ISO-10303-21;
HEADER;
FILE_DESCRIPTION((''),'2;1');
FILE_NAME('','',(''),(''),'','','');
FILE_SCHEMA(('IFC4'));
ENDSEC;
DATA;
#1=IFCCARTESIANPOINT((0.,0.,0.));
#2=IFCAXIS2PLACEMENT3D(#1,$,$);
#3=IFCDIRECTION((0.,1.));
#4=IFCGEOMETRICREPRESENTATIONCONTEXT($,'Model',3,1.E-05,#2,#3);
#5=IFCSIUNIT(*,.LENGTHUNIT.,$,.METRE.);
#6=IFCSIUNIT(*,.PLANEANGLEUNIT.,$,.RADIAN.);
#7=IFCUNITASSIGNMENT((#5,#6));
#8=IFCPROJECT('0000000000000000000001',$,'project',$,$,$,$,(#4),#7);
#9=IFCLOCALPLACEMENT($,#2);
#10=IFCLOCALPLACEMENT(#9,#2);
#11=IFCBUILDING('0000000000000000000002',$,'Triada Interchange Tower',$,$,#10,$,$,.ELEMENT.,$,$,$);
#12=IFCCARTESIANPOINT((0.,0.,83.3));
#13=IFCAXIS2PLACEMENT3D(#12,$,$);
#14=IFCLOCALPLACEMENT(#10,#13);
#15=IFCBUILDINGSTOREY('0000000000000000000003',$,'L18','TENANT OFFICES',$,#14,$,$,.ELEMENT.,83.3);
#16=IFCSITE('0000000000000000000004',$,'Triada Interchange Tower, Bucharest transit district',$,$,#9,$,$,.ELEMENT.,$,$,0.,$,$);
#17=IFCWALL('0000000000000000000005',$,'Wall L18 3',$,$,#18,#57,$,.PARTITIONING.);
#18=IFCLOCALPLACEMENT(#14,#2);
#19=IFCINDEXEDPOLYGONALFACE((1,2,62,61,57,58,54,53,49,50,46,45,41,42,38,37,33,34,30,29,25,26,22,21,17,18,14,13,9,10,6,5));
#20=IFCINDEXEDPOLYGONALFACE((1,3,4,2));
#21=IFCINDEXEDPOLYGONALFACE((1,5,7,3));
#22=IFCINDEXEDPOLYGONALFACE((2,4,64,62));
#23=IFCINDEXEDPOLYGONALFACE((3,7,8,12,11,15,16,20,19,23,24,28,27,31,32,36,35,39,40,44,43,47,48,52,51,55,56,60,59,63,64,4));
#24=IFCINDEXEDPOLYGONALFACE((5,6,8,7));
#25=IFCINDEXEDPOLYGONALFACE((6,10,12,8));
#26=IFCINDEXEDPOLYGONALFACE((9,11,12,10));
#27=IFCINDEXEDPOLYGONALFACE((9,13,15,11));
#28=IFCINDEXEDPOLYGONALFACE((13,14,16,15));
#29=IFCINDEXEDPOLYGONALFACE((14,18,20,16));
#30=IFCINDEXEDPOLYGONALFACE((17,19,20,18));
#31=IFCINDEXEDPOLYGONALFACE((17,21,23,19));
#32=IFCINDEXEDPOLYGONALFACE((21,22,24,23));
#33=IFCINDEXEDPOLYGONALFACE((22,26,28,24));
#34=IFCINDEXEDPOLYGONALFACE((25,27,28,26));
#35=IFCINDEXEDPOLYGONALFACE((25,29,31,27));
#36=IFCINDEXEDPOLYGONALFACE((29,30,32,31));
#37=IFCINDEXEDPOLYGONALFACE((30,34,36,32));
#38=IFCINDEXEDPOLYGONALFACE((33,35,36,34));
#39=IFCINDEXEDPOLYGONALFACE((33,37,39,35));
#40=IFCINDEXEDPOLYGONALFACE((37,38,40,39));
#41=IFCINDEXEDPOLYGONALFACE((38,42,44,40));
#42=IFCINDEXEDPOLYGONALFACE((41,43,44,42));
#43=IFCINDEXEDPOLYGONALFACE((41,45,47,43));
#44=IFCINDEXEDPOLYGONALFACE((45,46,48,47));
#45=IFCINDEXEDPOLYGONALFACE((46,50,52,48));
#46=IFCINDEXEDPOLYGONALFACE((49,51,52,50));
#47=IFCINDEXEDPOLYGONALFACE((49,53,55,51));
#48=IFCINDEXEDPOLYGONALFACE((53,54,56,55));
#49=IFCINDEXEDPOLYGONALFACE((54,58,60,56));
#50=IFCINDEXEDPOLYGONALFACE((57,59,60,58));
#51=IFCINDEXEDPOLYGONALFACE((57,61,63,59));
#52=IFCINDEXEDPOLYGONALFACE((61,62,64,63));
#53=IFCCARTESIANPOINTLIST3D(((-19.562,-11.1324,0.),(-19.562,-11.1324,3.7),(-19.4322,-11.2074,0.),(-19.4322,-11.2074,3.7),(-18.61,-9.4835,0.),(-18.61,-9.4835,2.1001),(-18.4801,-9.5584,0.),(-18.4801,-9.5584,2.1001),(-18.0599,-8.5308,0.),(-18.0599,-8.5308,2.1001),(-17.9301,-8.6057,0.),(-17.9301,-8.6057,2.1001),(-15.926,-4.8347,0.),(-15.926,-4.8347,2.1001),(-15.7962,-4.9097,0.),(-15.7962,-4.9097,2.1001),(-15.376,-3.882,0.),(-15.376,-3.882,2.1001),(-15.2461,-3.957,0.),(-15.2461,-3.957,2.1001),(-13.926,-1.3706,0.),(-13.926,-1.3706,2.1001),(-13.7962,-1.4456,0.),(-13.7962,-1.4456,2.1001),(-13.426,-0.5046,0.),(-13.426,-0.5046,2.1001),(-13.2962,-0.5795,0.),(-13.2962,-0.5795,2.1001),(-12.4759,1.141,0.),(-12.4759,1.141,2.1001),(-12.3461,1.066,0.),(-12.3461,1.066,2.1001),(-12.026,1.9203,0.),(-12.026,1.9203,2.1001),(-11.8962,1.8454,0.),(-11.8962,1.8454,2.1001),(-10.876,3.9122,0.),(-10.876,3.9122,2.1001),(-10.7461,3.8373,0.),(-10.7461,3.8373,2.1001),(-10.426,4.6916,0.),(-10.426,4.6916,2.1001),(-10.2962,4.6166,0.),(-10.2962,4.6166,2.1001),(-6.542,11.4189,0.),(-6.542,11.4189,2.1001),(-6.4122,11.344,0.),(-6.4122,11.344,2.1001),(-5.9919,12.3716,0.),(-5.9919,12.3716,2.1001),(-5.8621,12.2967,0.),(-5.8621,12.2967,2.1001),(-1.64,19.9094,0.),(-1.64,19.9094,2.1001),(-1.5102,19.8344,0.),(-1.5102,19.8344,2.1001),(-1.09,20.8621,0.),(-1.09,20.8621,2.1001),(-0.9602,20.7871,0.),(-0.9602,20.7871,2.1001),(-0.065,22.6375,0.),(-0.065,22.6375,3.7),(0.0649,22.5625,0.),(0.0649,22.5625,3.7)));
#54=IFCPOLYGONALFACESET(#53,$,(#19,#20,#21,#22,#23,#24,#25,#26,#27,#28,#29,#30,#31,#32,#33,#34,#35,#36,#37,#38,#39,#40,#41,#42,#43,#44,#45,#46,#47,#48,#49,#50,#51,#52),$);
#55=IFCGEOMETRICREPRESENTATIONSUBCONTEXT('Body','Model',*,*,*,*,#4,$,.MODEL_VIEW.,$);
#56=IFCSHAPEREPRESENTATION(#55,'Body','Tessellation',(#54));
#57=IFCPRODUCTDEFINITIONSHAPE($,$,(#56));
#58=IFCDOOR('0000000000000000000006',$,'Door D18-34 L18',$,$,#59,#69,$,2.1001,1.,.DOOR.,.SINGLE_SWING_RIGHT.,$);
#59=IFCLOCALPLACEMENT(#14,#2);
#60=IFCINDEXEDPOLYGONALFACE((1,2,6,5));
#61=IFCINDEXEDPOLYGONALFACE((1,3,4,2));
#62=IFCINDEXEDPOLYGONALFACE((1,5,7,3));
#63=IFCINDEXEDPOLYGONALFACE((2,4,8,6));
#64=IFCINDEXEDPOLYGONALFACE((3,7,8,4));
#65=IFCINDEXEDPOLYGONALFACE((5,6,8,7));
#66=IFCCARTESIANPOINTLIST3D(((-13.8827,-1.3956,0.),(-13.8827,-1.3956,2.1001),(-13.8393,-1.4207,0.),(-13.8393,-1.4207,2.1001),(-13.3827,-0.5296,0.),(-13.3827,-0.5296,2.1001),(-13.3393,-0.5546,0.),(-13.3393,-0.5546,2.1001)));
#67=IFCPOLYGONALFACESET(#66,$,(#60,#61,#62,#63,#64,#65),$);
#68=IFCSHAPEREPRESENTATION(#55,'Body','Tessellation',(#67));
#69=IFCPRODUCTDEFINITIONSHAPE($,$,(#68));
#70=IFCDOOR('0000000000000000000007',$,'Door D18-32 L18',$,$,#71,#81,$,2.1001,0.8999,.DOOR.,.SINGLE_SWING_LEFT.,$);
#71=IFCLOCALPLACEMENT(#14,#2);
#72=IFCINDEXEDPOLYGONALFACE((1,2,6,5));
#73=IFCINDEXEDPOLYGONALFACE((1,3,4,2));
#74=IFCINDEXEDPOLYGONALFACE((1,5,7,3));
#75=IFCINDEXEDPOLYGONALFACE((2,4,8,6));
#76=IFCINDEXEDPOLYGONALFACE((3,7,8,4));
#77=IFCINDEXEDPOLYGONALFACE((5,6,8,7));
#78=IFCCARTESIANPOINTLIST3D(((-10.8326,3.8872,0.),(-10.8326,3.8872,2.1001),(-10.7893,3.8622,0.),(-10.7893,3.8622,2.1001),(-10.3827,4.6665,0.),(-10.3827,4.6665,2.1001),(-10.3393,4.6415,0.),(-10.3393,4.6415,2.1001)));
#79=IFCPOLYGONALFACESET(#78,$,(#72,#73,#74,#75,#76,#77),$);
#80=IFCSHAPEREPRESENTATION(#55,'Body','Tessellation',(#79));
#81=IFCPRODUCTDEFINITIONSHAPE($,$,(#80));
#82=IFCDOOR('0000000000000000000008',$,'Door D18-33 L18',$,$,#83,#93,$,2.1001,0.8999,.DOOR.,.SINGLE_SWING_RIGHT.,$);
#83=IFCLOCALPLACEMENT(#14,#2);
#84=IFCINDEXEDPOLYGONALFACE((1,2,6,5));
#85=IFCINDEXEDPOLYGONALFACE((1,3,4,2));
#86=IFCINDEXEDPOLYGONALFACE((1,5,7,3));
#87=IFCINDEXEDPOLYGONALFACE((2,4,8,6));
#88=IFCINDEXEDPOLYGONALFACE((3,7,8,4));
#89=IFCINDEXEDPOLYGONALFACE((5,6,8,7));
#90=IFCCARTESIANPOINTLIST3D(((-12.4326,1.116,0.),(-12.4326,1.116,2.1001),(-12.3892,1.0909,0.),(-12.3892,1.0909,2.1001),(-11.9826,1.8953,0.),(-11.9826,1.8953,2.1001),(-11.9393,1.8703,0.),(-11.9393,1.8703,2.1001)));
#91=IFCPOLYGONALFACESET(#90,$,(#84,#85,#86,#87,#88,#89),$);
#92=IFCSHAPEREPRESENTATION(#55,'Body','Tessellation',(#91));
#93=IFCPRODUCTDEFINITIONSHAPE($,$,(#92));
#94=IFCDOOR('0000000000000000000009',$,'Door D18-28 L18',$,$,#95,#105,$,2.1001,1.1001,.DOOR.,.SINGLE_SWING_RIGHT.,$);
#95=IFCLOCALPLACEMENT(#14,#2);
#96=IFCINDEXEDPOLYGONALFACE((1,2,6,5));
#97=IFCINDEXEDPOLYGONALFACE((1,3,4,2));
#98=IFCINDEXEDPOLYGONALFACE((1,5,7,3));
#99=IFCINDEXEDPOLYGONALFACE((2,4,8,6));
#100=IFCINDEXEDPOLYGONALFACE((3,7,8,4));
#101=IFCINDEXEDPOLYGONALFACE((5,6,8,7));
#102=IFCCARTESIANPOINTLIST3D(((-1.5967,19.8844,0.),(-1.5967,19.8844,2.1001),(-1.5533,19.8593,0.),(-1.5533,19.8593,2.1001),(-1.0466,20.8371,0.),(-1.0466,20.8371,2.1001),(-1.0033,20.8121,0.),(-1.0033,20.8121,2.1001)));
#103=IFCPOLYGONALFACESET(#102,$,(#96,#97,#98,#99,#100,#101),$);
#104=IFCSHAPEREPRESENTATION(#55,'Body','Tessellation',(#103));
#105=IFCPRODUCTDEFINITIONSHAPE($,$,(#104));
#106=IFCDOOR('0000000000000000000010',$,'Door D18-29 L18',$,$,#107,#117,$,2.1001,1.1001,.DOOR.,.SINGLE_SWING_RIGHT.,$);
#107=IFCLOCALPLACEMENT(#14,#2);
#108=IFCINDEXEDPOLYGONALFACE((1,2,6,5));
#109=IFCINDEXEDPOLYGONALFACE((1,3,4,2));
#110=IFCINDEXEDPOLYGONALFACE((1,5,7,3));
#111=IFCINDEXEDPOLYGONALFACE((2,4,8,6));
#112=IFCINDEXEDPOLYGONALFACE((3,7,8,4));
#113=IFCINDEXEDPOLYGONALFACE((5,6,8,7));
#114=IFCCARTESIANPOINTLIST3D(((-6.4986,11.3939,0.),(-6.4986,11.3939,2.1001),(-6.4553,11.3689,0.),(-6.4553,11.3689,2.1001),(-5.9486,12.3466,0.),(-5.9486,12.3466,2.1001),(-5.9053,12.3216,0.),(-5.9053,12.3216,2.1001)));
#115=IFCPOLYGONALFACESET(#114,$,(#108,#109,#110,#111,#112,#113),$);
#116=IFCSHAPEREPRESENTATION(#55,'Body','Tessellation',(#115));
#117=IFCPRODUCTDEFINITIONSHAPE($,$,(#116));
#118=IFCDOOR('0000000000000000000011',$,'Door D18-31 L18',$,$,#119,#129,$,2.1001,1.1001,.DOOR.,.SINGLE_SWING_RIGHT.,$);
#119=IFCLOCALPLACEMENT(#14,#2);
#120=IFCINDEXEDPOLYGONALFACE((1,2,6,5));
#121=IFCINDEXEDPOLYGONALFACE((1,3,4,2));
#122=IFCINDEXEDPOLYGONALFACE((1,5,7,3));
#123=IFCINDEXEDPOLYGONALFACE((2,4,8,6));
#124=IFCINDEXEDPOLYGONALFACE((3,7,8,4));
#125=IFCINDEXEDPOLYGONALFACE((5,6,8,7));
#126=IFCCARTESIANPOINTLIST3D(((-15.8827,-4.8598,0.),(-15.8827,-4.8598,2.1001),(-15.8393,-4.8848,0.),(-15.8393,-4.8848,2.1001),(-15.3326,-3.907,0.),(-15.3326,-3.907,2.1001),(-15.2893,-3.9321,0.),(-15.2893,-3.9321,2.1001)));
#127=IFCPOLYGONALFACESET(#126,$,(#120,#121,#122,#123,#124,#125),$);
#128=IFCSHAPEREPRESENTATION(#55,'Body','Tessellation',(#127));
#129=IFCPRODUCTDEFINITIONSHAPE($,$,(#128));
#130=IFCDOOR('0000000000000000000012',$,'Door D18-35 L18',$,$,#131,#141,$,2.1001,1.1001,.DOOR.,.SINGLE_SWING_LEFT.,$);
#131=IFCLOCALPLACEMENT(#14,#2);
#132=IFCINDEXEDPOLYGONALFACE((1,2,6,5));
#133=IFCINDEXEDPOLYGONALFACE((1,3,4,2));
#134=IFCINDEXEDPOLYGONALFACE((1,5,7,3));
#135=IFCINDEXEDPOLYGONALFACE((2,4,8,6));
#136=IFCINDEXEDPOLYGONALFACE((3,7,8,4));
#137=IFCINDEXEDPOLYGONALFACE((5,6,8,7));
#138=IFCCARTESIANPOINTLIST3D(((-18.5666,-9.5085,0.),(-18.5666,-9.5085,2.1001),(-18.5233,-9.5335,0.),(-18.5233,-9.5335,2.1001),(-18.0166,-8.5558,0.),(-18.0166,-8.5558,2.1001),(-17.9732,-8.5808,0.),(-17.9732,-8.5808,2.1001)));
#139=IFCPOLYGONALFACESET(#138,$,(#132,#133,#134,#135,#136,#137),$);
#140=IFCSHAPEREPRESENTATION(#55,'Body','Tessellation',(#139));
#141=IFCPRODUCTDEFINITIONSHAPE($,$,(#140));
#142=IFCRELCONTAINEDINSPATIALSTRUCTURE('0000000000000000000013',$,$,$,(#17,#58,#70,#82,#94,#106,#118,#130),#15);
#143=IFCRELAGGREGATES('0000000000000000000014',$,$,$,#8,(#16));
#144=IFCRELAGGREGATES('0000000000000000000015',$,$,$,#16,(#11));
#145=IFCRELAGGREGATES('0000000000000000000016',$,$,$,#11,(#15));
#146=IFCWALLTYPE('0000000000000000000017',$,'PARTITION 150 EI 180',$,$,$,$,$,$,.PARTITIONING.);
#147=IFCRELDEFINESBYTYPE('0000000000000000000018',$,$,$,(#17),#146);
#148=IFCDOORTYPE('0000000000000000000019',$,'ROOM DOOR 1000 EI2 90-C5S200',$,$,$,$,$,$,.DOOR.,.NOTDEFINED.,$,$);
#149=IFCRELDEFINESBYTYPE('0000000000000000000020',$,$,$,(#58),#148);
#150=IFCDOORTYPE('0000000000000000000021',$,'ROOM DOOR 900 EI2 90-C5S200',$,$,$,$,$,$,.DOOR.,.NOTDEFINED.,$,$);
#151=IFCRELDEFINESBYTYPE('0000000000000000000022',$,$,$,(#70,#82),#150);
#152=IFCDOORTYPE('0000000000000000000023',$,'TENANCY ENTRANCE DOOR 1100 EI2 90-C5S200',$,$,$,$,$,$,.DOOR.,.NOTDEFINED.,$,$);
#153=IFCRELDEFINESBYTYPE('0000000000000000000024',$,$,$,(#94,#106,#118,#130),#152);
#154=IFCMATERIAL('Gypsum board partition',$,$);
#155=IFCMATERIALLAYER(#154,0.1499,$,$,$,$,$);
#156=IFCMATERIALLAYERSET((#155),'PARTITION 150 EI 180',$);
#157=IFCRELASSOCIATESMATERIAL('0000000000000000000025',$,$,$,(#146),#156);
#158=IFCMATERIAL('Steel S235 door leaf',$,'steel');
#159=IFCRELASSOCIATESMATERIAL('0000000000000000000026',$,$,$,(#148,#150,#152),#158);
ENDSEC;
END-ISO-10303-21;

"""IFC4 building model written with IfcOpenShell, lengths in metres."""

from ifc_helpers import new_model, si_unit, direction, frame, frame_2d, origin, place, context, subcontext, project, spatial, rectangle, extrude, material, layer, layer_set, type_object, element, fill, save


model = new_model("IFC4")

# Units and contexts
model_context = context("Model", 3, precision=1e-05, world=origin(), true_north=direction((0.0, 1.0)))
body_context = subcontext(model_context, "Body", "Model", "MODEL_VIEW")
ifc_project = project(units=[si_unit("LENGTHUNIT", "METRE"), si_unit("PLANEANGLEUNIT", "RADIAN")], contexts=[model_context])

# Site, building, storey
site_placement = place(None, origin())
site = spatial("IfcSite", under=ifc_project, at=site_placement, Name="Triada Interchange Tower, Bucharest transit district", CompositionType="ELEMENT", RefElevation=0.0)
building_placement = place(site_placement, origin())
building = spatial("IfcBuilding", under=site, at=building_placement, Name="Triada Interchange Tower", CompositionType="ELEMENT")
storey_placement = place(building_placement, frame((0.0, 0.0, 83.3)))
storey = spatial("IfcBuildingStorey", under=building, at=storey_placement, Name="L18", Description="TENANT OFFICES", CompositionType="ELEMENT", Elevation=83.3)

# Wall, openings, doors
ifc_material_1 = material(Name="Gypsum board partition")
ifc_layer_1 = layer(ifc_material_1, 0.1499)
ifc_layer_set_1 = layer_set([ifc_layer_1], Name="PARTITION 150 EI 180")
wall_type_1 = type_object("IfcWallType", Name="PARTITION 150 EI 180", PredefinedType="PARTITIONING", material=ifc_layer_set_1)
wall_1_placement = place(storey_placement, frame((-19.4971, -11.1699, 0.0), z_axis=(0.0, 0.0, 1.0), x_axis=(0.499999, 0.866026, 0.0)))
wall_1 = element("IfcWall", 1, at=wall_1_placement, inside=storey, type_object=wall_type_1, Name="Wall L18 3", PredefinedType="PARTITIONING", context=body_context, shape_type="SweptSolid", body=[
    extrude(rectangle(XDim=38.9941, YDim=0.1499, at=frame_2d((19.4971, 0.0))), origin(), (0.0, 0.0, 1.0), 3.7),
])
opening_1_placement = place(wall_1_placement, frame((35.844, 0.0, 0.0)))
opening_1 = element("IfcOpeningElement", 2, at=opening_1_placement, cuts=wall_1, PredefinedType="OPENING", context=body_context, shape_type="SweptSolid", body=[
    extrude(rectangle(XDim=1.1001, YDim=2.1001, at=frame_2d((0.55, 1.05))), frame((0.0, 0.085, 0.0), z_axis=(0.0, -1.0, 0.0), x_axis=(1.0, 0.0, 0.0)), (0.0, 0.0, 1.0), 0.1699),
])
opening_2_placement = place(wall_1_placement, frame((26.04, 0.0, 0.0)))
opening_2 = element("IfcOpeningElement", 3, at=opening_2_placement, cuts=wall_1, PredefinedType="OPENING", context=body_context, shape_type="SweptSolid", body=[
    extrude(rectangle(XDim=1.1001, YDim=2.1001, at=frame_2d((0.55, 1.05))), frame((0.0, 0.085, 0.0), z_axis=(0.0, -1.0, 0.0), x_axis=(1.0, 0.0, 0.0)), (0.0, 0.0, 1.0), 0.1699),
])
opening_3_placement = place(wall_1_placement, frame((7.272, 0.0, 0.0)))
opening_3 = element("IfcOpeningElement", 4, at=opening_3_placement, cuts=wall_1, PredefinedType="OPENING", context=body_context, shape_type="SweptSolid", body=[
    extrude(rectangle(XDim=1.1001, YDim=2.1001, at=frame_2d((0.55, 1.05))), frame((0.0, 0.085, 0.0), z_axis=(0.0, -1.0, 0.0), x_axis=(1.0, 0.0, 0.0)), (0.0, 0.0, 1.0), 0.1699),
])
opening_4_placement = place(wall_1_placement, frame((17.3721, 0.0, 0.0)))
opening_4 = element("IfcOpeningElement", 5, at=opening_4_placement, cuts=wall_1, PredefinedType="OPENING", context=body_context, shape_type="SweptSolid", body=[
    extrude(rectangle(XDim=0.8999, YDim=2.1001, at=frame_2d((0.45, 1.05))), frame((0.0, 0.085, 0.0), z_axis=(0.0, -1.0, 0.0), x_axis=(1.0, 0.0, 0.0)), (0.0, 0.0, 1.0), 0.1699),
])
opening_5_placement = place(wall_1_placement, frame((14.1721, 0.0, 0.0)))
opening_5 = element("IfcOpeningElement", 6, at=opening_5_placement, cuts=wall_1, PredefinedType="OPENING", context=body_context, shape_type="SweptSolid", body=[
    extrude(rectangle(XDim=0.8999, YDim=2.1001, at=frame_2d((0.45, 1.05))), frame((0.0, 0.085, 0.0), z_axis=(0.0, -1.0, 0.0), x_axis=(1.0, 0.0, 0.0)), (0.0, 0.0, 1.0), 0.1699),
])
opening_6_placement = place(wall_1_placement, frame((11.272, 0.0, 0.0)))
opening_6 = element("IfcOpeningElement", 7, at=opening_6_placement, cuts=wall_1, PredefinedType="OPENING", context=body_context, shape_type="SweptSolid", body=[
    extrude(rectangle(XDim=1.0, YDim=2.1001, at=frame_2d((0.5, 1.05))), frame((0.0, 0.085, 0.0), z_axis=(0.0, -1.0, 0.0), x_axis=(1.0, 0.0, 0.0)), (0.0, 0.0, 1.0), 0.1699),
])
opening_7_placement = place(wall_1_placement, frame((1.9041, 0.0, 0.0)))
opening_7 = element("IfcOpeningElement", 8, at=opening_7_placement, cuts=wall_1, PredefinedType="OPENING", context=body_context, shape_type="SweptSolid", body=[
    extrude(rectangle(XDim=1.1001, YDim=2.1001, at=frame_2d((0.55, 1.05))), frame((0.0, 0.085, 0.0), z_axis=(0.0, -1.0, 0.0), x_axis=(1.0, 0.0, 0.0)), (0.0, 0.0, 1.0), 0.1699),
])
ifc_material_2 = material(Name="Steel S235 door leaf", Category="steel")
door_type_1 = type_object("IfcDoorType", Name="ROOM DOOR 1000 EI2 90-C5S200", OperationType="NOTDEFINED", PredefinedType="DOOR", material=ifc_material_2)
door_1_placement = place(opening_6_placement, origin())
door_1 = element("IfcDoor", 9, at=door_1_placement, inside=storey, type_object=door_type_1, Name="Door D18-34 L18", OperationType="SINGLE_SWING_RIGHT", OverallHeight=2.1001, OverallWidth=1.0, PredefinedType="DOOR", context=body_context, shape_type="SweptSolid", body=[
    extrude(rectangle(XDim=1.0, YDim=2.1001, at=frame_2d((0.5, 1.05))), frame((0.0, 0.0249, 0.0), z_axis=(0.0, -1.0, 0.0), x_axis=(1.0, 0.0, 0.0)), (0.0, 0.0, 1.0), 0.05),
])
fill(opening_6, door_1)
door_type_2 = type_object("IfcDoorType", Name="ROOM DOOR 900 EI2 90-C5S200", OperationType="NOTDEFINED", PredefinedType="DOOR", material=ifc_material_2)
door_2_placement = place(opening_4_placement, origin())
door_2 = element("IfcDoor", 10, at=door_2_placement, inside=storey, type_object=door_type_2, Name="Door D18-32 L18", OperationType="SINGLE_SWING_LEFT", OverallHeight=2.1001, OverallWidth=0.8999, PredefinedType="DOOR", context=body_context, shape_type="SweptSolid", body=[
    extrude(rectangle(XDim=0.8999, YDim=2.1001, at=frame_2d((0.45, 1.05))), frame((0.0, 0.0249, 0.0), z_axis=(0.0, -1.0, 0.0), x_axis=(1.0, 0.0, 0.0)), (0.0, 0.0, 1.0), 0.05),
])
fill(opening_4, door_2)
door_3_placement = place(opening_5_placement, origin())
door_3 = element("IfcDoor", 11, at=door_3_placement, inside=storey, type_object=door_type_2, Name="Door D18-33 L18", OperationType="SINGLE_SWING_RIGHT", OverallHeight=2.1001, OverallWidth=0.8999, PredefinedType="DOOR", context=body_context, shape_type="SweptSolid", body=[
    extrude(rectangle(XDim=0.8999, YDim=2.1001, at=frame_2d((0.45, 1.05))), frame((0.0, 0.0249, 0.0), z_axis=(0.0, -1.0, 0.0), x_axis=(1.0, 0.0, 0.0)), (0.0, 0.0, 1.0), 0.05),
])
fill(opening_5, door_3)
door_type_3 = type_object("IfcDoorType", Name="TENANCY ENTRANCE DOOR 1100 EI2 90-C5S200", OperationType="NOTDEFINED", PredefinedType="DOOR", material=ifc_material_2)
door_4_placement = place(opening_1_placement, origin())
door_4 = element("IfcDoor", 12, at=door_4_placement, inside=storey, type_object=door_type_3, Name="Door D18-28 L18", OperationType="SINGLE_SWING_RIGHT", OverallHeight=2.1001, OverallWidth=1.1001, PredefinedType="DOOR", context=body_context, shape_type="SweptSolid", body=[
    extrude(rectangle(XDim=1.1001, YDim=2.1001, at=frame_2d((0.55, 1.05))), frame((0.0, 0.0249, 0.0), z_axis=(0.0, -1.0, 0.0), x_axis=(1.0, 0.0, 0.0)), (0.0, 0.0, 1.0), 0.05),
])
fill(opening_1, door_4)
door_5_placement = place(opening_2_placement, origin())
door_5 = element("IfcDoor", 13, at=door_5_placement, inside=storey, type_object=door_type_3, Name="Door D18-29 L18", OperationType="SINGLE_SWING_RIGHT", OverallHeight=2.1001, OverallWidth=1.1001, PredefinedType="DOOR", context=body_context, shape_type="SweptSolid", body=[
    extrude(rectangle(XDim=1.1001, YDim=2.1001, at=frame_2d((0.55, 1.05))), frame((0.0, 0.0249, 0.0), z_axis=(0.0, -1.0, 0.0), x_axis=(1.0, 0.0, 0.0)), (0.0, 0.0, 1.0), 0.05),
])
fill(opening_2, door_5)
door_6_placement = place(opening_3_placement, origin())
door_6 = element("IfcDoor", 14, at=door_6_placement, inside=storey, type_object=door_type_3, Name="Door D18-31 L18", OperationType="SINGLE_SWING_RIGHT", OverallHeight=2.1001, OverallWidth=1.1001, PredefinedType="DOOR", context=body_context, shape_type="SweptSolid", body=[
    extrude(rectangle(XDim=1.1001, YDim=2.1001, at=frame_2d((0.55, 1.05))), frame((0.0, 0.0249, 0.0), z_axis=(0.0, -1.0, 0.0), x_axis=(1.0, 0.0, 0.0)), (0.0, 0.0, 1.0), 0.05),
])
fill(opening_3, door_6)
door_7_placement = place(opening_7_placement, origin())
door_7 = element("IfcDoor", 15, at=door_7_placement, inside=storey, type_object=door_type_3, Name="Door D18-35 L18", OperationType="SINGLE_SWING_LEFT", OverallHeight=2.1001, OverallWidth=1.1001, PredefinedType="DOOR", context=body_context, shape_type="SweptSolid", body=[
    extrude(rectangle(XDim=1.1001, YDim=2.1001, at=frame_2d((0.55, 1.05))), frame((0.0, 0.0249, 0.0), z_axis=(0.0, -1.0, 0.0), x_axis=(1.0, 0.0, 0.0)), (0.0, 0.0, 1.0), 0.05),
])
fill(opening_7, door_7)

save(model, "model.ifc")
